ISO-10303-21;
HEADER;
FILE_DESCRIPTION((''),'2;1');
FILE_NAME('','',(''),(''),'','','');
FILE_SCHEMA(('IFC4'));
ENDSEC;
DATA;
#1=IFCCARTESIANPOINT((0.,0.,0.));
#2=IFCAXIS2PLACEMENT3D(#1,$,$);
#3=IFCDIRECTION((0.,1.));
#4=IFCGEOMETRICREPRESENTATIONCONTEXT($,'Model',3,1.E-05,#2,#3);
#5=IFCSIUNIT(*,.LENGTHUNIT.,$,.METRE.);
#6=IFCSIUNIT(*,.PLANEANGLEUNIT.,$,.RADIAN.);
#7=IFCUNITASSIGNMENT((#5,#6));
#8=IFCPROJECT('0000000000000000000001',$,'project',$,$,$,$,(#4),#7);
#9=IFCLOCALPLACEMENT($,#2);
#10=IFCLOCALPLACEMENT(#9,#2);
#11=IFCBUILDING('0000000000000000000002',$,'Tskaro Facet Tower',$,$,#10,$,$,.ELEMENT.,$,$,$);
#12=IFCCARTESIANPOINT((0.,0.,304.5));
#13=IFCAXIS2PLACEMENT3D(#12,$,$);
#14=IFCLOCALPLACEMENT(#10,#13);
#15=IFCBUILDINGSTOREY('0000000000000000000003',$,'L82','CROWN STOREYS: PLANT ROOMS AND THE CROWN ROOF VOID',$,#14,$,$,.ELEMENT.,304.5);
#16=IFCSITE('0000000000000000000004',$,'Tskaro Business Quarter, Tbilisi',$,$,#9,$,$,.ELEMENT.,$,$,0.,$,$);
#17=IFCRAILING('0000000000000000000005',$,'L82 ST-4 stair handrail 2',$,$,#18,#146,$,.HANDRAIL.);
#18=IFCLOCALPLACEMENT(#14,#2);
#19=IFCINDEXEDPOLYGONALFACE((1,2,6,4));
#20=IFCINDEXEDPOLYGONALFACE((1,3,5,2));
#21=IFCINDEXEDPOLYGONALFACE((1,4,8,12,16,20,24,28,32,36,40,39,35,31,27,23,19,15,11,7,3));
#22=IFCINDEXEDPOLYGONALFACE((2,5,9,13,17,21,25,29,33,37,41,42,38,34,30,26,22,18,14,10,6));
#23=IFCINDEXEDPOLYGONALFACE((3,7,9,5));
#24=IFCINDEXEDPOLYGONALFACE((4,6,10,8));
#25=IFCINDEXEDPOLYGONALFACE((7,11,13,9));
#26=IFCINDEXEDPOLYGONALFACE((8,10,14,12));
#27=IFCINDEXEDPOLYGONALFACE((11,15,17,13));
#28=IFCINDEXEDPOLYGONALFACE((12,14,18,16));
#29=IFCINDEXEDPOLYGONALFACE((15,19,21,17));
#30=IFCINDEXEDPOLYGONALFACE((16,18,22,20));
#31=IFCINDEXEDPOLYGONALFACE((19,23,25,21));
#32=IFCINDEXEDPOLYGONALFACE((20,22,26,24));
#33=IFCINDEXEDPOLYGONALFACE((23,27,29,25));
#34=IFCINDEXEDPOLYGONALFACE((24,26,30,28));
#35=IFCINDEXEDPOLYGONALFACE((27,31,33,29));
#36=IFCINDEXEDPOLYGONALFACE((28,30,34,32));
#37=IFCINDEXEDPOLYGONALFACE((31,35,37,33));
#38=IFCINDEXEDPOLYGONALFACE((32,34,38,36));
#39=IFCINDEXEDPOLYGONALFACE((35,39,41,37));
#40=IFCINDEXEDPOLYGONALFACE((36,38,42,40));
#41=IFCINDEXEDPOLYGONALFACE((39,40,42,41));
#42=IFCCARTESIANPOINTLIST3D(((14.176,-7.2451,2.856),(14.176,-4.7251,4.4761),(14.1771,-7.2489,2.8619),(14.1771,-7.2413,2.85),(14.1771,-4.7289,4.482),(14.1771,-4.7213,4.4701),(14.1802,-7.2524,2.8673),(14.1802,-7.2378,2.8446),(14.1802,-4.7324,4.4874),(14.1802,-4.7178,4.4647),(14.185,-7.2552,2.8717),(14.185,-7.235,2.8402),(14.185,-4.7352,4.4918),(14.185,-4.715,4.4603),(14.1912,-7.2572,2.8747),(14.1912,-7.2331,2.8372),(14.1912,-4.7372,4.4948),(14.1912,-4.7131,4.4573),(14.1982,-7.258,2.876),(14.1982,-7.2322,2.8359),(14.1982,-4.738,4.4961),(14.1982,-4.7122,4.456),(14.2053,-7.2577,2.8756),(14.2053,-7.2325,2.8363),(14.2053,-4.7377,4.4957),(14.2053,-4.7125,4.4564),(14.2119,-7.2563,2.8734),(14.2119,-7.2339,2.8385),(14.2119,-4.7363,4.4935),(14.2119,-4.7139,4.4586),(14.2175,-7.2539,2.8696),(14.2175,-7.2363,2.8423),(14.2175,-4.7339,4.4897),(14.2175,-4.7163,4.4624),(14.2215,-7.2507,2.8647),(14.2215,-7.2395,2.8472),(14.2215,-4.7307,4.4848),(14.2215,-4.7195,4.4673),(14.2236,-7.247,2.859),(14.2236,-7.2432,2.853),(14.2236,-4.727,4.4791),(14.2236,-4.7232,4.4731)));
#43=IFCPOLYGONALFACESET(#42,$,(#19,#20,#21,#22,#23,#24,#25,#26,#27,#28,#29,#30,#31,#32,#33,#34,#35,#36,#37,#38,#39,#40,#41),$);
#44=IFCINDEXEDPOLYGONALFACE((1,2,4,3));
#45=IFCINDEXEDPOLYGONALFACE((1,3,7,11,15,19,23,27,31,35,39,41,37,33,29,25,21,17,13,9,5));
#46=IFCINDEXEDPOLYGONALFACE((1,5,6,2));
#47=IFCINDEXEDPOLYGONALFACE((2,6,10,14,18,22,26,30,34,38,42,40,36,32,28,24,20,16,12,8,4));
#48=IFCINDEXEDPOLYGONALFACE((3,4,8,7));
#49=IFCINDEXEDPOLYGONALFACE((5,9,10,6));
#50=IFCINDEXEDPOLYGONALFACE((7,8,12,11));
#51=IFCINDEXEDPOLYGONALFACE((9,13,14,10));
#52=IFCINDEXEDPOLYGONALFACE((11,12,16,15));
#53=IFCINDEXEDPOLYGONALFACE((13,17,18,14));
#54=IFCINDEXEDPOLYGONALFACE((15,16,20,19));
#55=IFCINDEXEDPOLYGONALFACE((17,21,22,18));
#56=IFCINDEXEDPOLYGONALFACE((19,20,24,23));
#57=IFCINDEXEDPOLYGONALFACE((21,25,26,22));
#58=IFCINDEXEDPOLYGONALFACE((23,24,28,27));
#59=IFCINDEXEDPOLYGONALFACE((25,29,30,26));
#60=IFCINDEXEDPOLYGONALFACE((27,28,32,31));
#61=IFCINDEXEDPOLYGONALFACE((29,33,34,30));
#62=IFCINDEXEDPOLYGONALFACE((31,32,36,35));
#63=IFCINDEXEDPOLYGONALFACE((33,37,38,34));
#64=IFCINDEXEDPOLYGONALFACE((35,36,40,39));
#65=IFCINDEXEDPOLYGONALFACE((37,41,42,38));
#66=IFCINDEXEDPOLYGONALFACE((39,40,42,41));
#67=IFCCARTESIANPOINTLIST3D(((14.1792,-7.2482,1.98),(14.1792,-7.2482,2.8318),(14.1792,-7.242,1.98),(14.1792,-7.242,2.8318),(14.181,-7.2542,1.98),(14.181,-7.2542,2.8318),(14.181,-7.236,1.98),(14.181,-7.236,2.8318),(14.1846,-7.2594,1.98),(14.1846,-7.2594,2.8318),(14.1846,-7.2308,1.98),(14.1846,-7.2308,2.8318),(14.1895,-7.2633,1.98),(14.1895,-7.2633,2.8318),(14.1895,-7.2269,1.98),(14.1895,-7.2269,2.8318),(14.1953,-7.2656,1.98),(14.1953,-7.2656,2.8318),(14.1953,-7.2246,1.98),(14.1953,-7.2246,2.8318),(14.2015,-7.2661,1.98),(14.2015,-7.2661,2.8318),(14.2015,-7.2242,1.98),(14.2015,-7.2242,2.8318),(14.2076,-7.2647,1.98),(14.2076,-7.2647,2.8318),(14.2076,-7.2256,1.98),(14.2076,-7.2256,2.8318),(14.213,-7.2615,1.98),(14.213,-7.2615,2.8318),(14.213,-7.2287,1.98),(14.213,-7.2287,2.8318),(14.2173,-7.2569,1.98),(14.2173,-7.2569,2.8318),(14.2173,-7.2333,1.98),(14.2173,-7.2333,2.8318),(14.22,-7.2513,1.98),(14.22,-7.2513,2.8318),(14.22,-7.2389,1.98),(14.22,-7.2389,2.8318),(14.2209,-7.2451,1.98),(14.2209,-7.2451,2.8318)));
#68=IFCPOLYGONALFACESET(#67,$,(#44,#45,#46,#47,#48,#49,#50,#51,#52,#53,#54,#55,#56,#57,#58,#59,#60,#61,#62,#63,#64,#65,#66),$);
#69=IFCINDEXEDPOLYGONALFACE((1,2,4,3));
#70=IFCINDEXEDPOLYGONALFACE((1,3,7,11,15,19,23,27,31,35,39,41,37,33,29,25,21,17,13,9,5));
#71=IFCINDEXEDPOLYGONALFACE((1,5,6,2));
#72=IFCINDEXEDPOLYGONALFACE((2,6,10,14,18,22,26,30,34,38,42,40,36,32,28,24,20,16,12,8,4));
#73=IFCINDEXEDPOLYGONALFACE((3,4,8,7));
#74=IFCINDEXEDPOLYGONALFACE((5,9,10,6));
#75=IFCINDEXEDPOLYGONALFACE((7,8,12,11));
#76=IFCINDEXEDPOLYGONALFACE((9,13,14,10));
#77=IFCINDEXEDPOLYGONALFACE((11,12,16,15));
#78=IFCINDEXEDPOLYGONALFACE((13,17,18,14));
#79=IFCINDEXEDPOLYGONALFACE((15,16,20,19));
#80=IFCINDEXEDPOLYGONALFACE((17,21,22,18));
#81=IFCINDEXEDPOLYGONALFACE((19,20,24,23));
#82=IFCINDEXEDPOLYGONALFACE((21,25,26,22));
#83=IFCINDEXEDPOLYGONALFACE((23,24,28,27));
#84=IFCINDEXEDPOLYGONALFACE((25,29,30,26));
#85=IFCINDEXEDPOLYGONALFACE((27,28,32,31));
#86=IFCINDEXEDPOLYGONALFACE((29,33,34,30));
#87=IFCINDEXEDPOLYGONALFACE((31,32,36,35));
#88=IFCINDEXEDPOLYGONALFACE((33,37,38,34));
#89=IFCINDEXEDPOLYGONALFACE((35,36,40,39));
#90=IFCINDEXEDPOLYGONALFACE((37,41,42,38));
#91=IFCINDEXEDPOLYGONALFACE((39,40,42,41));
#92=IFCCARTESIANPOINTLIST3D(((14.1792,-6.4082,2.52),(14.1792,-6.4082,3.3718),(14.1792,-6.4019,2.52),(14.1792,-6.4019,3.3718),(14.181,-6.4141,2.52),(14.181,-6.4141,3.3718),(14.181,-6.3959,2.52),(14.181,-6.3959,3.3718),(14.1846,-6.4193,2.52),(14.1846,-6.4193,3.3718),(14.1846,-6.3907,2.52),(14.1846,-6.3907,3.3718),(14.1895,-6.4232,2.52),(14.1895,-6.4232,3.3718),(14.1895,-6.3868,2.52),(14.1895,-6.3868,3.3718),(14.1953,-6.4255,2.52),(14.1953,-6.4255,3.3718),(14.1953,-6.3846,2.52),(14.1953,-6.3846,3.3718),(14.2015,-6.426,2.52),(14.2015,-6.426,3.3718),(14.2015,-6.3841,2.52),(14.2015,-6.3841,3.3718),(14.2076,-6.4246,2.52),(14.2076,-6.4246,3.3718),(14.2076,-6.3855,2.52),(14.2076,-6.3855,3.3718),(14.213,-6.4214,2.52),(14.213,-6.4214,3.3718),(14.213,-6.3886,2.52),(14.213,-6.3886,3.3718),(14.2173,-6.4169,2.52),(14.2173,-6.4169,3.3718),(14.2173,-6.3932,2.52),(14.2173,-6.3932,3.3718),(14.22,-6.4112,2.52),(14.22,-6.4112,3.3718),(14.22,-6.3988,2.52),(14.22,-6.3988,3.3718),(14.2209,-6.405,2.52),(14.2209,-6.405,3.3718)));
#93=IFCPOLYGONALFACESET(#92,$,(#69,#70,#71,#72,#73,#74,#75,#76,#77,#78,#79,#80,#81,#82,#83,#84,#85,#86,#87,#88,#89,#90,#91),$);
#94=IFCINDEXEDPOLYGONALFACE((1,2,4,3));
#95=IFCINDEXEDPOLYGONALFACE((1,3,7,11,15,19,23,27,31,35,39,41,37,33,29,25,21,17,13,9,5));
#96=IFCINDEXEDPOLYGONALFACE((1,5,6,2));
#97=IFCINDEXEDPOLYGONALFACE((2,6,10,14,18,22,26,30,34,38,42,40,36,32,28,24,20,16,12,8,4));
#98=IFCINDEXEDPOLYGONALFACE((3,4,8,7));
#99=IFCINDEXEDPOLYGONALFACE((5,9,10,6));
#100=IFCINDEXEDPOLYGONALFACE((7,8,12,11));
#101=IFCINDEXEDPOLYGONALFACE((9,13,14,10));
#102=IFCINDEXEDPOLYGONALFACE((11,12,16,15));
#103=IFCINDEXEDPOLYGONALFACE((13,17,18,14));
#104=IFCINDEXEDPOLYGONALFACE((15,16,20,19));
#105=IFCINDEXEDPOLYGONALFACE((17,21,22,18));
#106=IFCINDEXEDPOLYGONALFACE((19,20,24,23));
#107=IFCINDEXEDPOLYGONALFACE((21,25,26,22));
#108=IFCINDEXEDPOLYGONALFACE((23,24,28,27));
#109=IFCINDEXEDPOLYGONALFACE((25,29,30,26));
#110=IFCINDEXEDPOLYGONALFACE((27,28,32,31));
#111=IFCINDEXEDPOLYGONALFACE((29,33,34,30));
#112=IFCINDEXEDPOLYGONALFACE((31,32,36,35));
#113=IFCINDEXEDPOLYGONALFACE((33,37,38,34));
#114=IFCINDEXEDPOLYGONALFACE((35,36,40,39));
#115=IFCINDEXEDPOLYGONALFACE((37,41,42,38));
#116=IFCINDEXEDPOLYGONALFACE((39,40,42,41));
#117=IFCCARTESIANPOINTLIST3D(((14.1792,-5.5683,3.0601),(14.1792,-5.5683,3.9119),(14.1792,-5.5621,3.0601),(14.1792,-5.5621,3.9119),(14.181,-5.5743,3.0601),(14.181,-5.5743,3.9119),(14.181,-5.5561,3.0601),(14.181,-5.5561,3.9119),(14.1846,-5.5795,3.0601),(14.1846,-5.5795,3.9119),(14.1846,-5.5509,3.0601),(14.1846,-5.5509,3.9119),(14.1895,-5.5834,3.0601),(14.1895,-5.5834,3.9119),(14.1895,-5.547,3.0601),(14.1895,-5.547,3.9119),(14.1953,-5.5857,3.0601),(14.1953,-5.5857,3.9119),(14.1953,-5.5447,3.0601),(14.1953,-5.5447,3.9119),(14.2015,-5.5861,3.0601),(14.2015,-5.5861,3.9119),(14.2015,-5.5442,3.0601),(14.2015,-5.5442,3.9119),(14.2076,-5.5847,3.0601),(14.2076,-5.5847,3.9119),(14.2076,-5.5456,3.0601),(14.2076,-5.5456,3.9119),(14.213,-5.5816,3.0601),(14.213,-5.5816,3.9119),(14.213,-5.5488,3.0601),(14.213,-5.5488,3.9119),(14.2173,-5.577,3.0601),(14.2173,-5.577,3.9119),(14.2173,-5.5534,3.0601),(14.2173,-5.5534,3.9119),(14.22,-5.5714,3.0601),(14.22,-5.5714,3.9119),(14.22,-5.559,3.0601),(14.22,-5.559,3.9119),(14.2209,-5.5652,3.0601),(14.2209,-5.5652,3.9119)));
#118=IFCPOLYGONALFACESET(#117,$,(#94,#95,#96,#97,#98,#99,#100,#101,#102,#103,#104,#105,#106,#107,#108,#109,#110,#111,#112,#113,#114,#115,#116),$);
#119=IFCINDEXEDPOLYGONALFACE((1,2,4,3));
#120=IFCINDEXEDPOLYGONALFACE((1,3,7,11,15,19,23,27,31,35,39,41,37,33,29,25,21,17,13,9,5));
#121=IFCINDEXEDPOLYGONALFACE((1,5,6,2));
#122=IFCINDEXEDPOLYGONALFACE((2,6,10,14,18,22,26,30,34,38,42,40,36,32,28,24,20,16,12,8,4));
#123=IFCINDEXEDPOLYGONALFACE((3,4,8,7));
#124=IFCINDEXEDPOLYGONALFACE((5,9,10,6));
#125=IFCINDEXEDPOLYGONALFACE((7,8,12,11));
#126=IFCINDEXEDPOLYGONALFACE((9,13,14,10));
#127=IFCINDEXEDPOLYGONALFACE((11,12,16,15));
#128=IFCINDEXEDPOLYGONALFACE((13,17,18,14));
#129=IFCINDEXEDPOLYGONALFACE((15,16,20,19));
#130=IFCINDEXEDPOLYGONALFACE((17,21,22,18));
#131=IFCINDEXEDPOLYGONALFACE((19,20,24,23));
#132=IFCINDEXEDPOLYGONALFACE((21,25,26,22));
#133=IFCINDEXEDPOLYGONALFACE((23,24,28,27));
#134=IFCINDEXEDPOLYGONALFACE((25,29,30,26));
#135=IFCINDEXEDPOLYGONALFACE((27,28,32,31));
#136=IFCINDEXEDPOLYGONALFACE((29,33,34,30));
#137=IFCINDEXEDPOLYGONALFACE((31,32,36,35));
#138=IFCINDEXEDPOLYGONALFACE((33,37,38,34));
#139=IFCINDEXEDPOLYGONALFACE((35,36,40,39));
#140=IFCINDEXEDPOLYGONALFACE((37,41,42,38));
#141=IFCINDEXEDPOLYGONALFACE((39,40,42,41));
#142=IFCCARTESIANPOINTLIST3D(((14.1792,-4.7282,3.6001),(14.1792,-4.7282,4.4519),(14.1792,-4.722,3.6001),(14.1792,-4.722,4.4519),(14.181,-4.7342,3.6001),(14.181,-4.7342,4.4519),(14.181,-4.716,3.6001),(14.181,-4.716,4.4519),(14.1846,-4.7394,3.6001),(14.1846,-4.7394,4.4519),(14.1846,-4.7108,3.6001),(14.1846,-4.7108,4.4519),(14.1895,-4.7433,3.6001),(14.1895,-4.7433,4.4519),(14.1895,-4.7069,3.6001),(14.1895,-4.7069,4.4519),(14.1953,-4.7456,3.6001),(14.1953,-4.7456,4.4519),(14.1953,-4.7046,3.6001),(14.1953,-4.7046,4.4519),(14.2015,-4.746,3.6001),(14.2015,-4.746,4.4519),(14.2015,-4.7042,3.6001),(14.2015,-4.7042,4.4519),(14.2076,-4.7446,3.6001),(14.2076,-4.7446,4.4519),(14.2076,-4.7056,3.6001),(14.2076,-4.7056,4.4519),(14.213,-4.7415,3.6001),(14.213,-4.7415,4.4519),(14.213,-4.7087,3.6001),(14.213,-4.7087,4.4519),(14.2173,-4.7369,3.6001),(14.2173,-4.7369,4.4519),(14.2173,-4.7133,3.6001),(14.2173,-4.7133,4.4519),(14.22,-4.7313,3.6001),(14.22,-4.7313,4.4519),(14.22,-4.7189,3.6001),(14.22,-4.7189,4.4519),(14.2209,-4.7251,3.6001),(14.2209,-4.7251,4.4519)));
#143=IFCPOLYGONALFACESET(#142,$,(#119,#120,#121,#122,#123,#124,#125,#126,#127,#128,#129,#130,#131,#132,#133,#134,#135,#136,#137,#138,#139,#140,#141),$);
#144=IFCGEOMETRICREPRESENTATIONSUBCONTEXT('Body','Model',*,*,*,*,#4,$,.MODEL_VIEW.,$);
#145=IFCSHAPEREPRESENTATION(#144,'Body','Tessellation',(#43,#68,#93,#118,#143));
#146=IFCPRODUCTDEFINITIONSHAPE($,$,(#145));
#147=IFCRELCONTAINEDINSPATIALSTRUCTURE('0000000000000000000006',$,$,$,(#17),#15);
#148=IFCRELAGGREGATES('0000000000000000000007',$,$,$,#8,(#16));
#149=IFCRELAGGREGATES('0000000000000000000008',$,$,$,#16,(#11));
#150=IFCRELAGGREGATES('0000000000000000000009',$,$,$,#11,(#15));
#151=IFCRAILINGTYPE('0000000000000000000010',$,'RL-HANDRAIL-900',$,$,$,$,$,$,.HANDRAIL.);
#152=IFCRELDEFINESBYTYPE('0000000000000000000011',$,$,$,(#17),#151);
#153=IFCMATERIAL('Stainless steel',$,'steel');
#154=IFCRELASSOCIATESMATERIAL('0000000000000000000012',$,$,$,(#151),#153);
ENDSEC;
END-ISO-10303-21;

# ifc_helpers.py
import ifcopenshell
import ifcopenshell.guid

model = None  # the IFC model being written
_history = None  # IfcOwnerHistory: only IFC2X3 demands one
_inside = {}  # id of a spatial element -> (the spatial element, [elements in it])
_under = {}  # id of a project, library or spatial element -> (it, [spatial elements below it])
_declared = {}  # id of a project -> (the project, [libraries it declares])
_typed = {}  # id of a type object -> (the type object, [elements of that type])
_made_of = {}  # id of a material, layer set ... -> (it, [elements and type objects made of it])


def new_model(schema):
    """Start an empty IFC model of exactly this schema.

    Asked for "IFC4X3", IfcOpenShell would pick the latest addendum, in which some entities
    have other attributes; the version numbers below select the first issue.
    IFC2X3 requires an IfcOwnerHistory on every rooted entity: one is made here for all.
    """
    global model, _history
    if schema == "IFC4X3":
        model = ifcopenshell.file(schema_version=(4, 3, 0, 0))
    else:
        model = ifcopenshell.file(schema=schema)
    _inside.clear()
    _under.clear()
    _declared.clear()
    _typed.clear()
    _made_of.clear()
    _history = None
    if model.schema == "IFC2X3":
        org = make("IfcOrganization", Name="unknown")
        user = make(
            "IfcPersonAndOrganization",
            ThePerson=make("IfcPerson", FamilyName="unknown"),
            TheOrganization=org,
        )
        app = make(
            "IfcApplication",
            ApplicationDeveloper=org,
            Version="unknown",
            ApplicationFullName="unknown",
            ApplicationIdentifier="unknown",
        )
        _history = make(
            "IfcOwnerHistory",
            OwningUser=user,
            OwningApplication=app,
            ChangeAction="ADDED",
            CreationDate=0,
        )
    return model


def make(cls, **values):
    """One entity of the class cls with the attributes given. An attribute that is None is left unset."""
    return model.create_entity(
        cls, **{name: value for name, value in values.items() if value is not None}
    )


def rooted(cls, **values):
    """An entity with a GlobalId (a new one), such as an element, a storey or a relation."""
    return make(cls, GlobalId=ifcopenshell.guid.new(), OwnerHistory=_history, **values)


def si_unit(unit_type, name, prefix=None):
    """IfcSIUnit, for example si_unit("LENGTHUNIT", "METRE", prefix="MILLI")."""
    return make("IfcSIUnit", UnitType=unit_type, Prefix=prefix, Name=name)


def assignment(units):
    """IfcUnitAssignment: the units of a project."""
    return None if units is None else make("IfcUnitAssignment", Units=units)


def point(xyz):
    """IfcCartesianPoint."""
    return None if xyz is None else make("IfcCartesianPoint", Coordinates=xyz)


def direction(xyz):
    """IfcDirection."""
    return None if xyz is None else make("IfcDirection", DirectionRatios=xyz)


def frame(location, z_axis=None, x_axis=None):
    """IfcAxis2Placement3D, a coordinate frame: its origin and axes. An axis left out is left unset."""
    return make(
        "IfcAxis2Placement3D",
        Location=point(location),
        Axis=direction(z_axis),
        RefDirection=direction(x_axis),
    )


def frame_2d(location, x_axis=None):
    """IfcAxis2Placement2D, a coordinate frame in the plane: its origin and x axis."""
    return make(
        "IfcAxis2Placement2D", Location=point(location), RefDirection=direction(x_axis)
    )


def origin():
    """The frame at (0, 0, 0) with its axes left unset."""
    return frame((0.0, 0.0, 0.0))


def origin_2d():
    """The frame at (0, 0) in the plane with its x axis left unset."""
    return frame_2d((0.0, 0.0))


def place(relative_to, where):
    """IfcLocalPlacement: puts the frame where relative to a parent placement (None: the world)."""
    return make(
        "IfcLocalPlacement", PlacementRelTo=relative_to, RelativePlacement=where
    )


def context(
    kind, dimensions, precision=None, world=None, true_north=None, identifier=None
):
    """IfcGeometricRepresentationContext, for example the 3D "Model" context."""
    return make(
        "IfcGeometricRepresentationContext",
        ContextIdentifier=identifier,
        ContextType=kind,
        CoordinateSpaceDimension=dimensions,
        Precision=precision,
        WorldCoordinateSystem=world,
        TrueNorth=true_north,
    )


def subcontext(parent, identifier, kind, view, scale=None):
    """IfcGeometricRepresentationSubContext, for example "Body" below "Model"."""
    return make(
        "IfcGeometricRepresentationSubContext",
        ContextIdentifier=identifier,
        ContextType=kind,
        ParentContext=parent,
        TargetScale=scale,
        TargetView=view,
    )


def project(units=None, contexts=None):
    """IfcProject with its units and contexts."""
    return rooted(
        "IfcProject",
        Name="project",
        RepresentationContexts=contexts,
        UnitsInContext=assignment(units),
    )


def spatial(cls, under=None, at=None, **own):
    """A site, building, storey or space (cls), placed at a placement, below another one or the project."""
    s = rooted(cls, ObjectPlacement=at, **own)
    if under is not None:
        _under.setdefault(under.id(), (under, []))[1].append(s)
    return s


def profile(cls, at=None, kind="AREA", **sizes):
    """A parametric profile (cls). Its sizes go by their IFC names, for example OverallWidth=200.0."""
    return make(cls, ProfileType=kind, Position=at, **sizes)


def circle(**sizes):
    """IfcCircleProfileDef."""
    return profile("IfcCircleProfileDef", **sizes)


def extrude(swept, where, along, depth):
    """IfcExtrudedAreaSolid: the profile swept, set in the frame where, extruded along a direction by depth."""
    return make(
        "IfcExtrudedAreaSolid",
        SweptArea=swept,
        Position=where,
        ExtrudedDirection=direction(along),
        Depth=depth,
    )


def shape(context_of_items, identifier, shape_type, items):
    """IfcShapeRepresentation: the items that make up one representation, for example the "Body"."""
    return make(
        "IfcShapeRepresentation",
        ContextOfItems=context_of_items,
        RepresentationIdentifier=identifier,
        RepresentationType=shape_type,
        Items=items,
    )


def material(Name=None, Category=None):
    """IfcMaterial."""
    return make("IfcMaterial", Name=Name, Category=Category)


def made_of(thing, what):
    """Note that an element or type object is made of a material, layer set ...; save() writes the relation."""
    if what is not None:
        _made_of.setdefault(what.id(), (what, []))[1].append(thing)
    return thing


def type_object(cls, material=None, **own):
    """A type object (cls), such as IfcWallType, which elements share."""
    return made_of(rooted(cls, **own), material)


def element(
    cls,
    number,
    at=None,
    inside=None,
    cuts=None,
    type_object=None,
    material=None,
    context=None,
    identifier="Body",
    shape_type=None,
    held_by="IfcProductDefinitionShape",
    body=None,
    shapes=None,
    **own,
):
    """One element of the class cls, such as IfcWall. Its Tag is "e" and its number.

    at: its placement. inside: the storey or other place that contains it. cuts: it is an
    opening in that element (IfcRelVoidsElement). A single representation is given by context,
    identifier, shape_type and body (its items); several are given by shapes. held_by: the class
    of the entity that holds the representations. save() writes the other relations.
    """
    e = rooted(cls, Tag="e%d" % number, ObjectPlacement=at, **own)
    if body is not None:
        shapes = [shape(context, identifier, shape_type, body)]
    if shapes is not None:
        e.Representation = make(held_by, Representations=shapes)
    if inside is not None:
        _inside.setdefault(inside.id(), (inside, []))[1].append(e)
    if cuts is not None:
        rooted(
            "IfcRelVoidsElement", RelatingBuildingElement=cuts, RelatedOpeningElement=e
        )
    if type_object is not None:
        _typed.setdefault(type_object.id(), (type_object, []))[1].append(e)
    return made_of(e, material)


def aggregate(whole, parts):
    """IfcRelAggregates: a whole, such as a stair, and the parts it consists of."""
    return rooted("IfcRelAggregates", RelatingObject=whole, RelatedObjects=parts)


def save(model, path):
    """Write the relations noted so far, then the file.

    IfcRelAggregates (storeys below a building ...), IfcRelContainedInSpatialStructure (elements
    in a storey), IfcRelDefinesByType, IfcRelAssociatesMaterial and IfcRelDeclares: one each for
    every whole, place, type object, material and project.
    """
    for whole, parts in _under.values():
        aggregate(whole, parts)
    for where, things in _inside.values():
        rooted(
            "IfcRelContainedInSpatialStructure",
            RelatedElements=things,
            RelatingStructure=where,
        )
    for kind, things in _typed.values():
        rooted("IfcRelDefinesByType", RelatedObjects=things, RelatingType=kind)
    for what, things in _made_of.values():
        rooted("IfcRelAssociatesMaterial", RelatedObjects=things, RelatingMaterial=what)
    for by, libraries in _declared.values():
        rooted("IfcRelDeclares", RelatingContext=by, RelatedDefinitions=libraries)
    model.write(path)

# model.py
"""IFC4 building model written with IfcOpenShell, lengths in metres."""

from ifc_helpers import new_model, si_unit, direction, frame, origin, origin_2d, place, context, subcontext, project, spatial, circle, extrude, material, type_object, element, save


model = new_model("IFC4")

# Units and contexts
model_context = context("Model", 3, precision=1e-05, world=origin(), true_north=direction((0.0, 1.0)))
body_context = subcontext(model_context, "Body", "Model", "MODEL_VIEW")
ifc_project = project(units=[si_unit("LENGTHUNIT", "METRE"), si_unit("PLANEANGLEUNIT", "RADIAN")], contexts=[model_context])

# Site, building, storey
site_placement = place(None, origin())
site = spatial("IfcSite", under=ifc_project, at=site_placement, Name="Tskaro Business Quarter, Tbilisi", CompositionType="ELEMENT", RefElevation=0.0)
building_placement = place(site_placement, origin())
building = spatial("IfcBuilding", under=site, at=building_placement, Name="Tskaro Facet Tower", CompositionType="ELEMENT")
storey_placement = place(building_placement, frame((0.0, 0.0, 304.5)))
storey = spatial("IfcBuildingStorey", under=building, at=storey_placement, Name="L82", Description="CROWN STOREYS: PLANT ROOMS AND THE CROWN ROOF VOID", CompositionType="ELEMENT", Elevation=304.5)

# Railing
ifc_material_1 = material(Name="Stainless steel", Category="steel")
railing_type_1 = type_object("IfcRailingType", Name="RL-HANDRAIL-900", PredefinedType="HANDRAIL", material=ifc_material_1)
railing_1_placement = place(storey_placement, frame((14.2, -7.2451, 1.98)))
element("IfcRailing", 1, at=railing_1_placement, inside=storey, type_object=railing_type_1, Name="L82 ST-4 stair handrail 2", PredefinedType="HANDRAIL", context=body_context, shape_type="SweptSolid", body=[
    extrude(circle(Radius=0.0239, at=origin_2d()), frame((0.0, 0.0, 0.876), z_axis=(0.0, 0.841163, 0.540782), x_axis=(-1.0, 0.0, 0.0)), (0.0, 0.0, 1.0), 2.9958),
    extrude(circle(Radius=0.021, at=origin_2d()), origin(), (0.0, 0.0, 1.0), 0.8518),
    extrude(circle(Radius=0.021, at=origin_2d()), frame((0.0, 0.8401, 0.54)), (0.0, 0.0, 1.0), 0.8518),
    extrude(circle(Radius=0.021, at=origin_2d()), frame((0.0, 1.6799, 1.0801)), (0.0, 0.0, 1.0), 0.8518),
    extrude(circle(Radius=0.021, at=origin_2d()), frame((0.0, 2.52, 1.6201)), (0.0, 0.0, 1.0), 0.8518),
])

save(model, "model.ifc")
